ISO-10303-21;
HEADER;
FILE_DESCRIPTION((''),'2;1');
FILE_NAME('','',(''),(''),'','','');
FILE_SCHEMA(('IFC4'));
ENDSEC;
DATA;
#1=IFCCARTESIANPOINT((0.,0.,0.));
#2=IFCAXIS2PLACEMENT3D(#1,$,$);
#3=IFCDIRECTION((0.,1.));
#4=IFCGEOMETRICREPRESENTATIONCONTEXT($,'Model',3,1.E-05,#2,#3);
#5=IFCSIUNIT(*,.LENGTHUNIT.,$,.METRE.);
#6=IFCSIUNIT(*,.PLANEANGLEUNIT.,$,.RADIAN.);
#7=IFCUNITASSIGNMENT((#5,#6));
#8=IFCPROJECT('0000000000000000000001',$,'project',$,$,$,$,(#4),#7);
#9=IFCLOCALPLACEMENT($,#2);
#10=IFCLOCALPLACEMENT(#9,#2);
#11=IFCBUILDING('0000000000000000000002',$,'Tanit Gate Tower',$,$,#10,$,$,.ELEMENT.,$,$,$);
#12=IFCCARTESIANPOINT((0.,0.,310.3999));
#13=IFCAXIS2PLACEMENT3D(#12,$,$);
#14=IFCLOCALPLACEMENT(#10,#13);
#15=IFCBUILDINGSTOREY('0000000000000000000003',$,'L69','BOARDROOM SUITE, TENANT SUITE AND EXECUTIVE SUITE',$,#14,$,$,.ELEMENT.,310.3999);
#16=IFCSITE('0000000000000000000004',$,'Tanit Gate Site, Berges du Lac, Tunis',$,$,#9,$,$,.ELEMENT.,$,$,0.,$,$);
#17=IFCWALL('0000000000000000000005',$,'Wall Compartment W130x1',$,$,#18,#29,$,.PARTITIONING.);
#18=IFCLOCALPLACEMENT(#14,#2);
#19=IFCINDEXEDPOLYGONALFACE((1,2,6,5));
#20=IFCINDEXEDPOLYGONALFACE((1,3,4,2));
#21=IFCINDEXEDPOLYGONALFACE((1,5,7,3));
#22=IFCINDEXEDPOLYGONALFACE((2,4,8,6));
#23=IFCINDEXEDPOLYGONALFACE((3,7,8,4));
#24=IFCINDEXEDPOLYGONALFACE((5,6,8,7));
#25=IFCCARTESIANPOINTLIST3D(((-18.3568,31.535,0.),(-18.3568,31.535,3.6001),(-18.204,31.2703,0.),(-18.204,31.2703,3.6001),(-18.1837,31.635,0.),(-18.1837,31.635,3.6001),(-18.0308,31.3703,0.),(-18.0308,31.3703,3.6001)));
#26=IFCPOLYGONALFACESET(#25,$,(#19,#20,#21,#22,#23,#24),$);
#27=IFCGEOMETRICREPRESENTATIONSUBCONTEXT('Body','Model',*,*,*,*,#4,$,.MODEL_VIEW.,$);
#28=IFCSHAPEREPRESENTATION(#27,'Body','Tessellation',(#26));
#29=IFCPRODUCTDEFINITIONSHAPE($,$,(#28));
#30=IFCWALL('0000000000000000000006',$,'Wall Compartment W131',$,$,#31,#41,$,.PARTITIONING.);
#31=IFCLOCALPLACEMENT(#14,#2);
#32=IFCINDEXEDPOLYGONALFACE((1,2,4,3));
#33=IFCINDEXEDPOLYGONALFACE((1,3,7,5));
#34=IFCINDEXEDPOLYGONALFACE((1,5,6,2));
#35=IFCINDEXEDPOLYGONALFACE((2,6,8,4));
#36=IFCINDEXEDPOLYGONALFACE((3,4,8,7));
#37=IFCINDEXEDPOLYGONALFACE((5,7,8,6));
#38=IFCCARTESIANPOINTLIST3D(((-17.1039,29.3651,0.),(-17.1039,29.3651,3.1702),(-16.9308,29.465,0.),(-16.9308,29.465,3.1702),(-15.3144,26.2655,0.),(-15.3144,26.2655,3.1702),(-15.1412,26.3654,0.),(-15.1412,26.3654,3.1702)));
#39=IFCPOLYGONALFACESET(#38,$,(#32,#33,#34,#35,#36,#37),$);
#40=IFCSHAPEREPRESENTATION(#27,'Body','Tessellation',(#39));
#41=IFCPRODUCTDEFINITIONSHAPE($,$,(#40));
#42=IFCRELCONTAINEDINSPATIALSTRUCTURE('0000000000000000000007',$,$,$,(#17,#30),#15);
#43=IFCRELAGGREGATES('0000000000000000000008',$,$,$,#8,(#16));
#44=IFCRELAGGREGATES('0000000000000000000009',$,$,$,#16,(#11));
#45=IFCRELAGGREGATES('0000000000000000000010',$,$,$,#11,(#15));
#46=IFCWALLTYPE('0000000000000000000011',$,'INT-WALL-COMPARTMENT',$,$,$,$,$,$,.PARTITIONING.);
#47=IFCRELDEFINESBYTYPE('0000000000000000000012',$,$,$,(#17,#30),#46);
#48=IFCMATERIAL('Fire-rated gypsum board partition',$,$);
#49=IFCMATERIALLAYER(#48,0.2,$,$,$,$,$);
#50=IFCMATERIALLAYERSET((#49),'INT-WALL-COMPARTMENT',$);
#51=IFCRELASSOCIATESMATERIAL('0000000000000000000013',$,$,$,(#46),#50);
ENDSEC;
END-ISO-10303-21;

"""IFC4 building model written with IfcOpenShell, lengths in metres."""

from ifc_helpers import new_model, si_unit, direction, frame, frame_2d, origin, place, context, subcontext, project, spatial, rectangle, extrude, material, layer, layer_set, type_object, element, save


model = new_model("IFC4")

# Units and contexts
model_context = context("Model", 3, precision=1e-05, world=origin(), true_north=direction((0.0, 1.0)))
body_context = subcontext(model_context, "Body", "Model", "MODEL_VIEW")
ifc_project = project(units=[si_unit("LENGTHUNIT", "METRE"), si_unit("PLANEANGLEUNIT", "RADIAN")], contexts=[model_context])

# Site, building, storey
site_placement = place(None, origin())
site = spatial("IfcSite", under=ifc_project, at=site_placement, Name="Tanit Gate Site, Berges du Lac, Tunis", CompositionType="ELEMENT", RefElevation=0.0)
building_placement = place(site_placement, origin())
building = spatial("IfcBuilding", under=site, at=building_placement, Name="Tanit Gate Tower", CompositionType="ELEMENT")
storey_placement = place(building_placement, frame((0.0, 0.0, 310.3999)))
storey = spatial("IfcBuildingStorey", under=building, at=storey_placement, Name="L69", Description="BOARDROOM SUITE, TENANT SUITE AND EXECUTIVE SUITE", CompositionType="ELEMENT", Elevation=310.3999)

# Shared definitions
ifc_material_1 = material(Name="Fire-rated gypsum board partition")
ifc_layer_1 = layer(ifc_material_1, 0.2)
ifc_layer_set_1 = layer_set([ifc_layer_1], Name="INT-WALL-COMPARTMENT")
wall_type_1 = type_object("IfcWallType", Name="INT-WALL-COMPARTMENT", PredefinedType="PARTITIONING", material=ifc_layer_set_1)

# Walls
wall_1_placement = place(storey_placement, frame((-18.2703, 31.585, 0.0), z_axis=(0.0, 0.0, 1.0), x_axis=(0.500091, -0.865973, 0.0)))
element("IfcWall", 1, at=wall_1_placement, inside=storey, type_object=wall_type_1, Name="Wall Compartment W130x1", PredefinedType="PARTITIONING", context=body_context, shape_type="SweptSolid", body=[
    extrude(rectangle(XDim=0.3057, YDim=0.2, at=frame_2d((0.1528, 0.0))), origin(), (0.0, 0.0, 1.0), 3.6001),
])
wall_2_placement = place(storey_placement, frame((-17.0173, 29.415, 0.0), z_axis=(0.0, 0.0, 1.0), x_axis=(0.499998, -0.866027, 0.0)))
element("IfcWall", 2, at=wall_2_placement, inside=storey, type_object=wall_type_1, Name="Wall Compartment W131", PredefinedType="PARTITIONING", context=body_context, shape_type="SweptSolid", body=[
    extrude(rectangle(XDim=3.5791, YDim=0.2, at=frame_2d((1.7896, 0.0))), origin(), (0.0, 0.0, 1.0), 3.1702),
])

save(model, "model.ifc")
